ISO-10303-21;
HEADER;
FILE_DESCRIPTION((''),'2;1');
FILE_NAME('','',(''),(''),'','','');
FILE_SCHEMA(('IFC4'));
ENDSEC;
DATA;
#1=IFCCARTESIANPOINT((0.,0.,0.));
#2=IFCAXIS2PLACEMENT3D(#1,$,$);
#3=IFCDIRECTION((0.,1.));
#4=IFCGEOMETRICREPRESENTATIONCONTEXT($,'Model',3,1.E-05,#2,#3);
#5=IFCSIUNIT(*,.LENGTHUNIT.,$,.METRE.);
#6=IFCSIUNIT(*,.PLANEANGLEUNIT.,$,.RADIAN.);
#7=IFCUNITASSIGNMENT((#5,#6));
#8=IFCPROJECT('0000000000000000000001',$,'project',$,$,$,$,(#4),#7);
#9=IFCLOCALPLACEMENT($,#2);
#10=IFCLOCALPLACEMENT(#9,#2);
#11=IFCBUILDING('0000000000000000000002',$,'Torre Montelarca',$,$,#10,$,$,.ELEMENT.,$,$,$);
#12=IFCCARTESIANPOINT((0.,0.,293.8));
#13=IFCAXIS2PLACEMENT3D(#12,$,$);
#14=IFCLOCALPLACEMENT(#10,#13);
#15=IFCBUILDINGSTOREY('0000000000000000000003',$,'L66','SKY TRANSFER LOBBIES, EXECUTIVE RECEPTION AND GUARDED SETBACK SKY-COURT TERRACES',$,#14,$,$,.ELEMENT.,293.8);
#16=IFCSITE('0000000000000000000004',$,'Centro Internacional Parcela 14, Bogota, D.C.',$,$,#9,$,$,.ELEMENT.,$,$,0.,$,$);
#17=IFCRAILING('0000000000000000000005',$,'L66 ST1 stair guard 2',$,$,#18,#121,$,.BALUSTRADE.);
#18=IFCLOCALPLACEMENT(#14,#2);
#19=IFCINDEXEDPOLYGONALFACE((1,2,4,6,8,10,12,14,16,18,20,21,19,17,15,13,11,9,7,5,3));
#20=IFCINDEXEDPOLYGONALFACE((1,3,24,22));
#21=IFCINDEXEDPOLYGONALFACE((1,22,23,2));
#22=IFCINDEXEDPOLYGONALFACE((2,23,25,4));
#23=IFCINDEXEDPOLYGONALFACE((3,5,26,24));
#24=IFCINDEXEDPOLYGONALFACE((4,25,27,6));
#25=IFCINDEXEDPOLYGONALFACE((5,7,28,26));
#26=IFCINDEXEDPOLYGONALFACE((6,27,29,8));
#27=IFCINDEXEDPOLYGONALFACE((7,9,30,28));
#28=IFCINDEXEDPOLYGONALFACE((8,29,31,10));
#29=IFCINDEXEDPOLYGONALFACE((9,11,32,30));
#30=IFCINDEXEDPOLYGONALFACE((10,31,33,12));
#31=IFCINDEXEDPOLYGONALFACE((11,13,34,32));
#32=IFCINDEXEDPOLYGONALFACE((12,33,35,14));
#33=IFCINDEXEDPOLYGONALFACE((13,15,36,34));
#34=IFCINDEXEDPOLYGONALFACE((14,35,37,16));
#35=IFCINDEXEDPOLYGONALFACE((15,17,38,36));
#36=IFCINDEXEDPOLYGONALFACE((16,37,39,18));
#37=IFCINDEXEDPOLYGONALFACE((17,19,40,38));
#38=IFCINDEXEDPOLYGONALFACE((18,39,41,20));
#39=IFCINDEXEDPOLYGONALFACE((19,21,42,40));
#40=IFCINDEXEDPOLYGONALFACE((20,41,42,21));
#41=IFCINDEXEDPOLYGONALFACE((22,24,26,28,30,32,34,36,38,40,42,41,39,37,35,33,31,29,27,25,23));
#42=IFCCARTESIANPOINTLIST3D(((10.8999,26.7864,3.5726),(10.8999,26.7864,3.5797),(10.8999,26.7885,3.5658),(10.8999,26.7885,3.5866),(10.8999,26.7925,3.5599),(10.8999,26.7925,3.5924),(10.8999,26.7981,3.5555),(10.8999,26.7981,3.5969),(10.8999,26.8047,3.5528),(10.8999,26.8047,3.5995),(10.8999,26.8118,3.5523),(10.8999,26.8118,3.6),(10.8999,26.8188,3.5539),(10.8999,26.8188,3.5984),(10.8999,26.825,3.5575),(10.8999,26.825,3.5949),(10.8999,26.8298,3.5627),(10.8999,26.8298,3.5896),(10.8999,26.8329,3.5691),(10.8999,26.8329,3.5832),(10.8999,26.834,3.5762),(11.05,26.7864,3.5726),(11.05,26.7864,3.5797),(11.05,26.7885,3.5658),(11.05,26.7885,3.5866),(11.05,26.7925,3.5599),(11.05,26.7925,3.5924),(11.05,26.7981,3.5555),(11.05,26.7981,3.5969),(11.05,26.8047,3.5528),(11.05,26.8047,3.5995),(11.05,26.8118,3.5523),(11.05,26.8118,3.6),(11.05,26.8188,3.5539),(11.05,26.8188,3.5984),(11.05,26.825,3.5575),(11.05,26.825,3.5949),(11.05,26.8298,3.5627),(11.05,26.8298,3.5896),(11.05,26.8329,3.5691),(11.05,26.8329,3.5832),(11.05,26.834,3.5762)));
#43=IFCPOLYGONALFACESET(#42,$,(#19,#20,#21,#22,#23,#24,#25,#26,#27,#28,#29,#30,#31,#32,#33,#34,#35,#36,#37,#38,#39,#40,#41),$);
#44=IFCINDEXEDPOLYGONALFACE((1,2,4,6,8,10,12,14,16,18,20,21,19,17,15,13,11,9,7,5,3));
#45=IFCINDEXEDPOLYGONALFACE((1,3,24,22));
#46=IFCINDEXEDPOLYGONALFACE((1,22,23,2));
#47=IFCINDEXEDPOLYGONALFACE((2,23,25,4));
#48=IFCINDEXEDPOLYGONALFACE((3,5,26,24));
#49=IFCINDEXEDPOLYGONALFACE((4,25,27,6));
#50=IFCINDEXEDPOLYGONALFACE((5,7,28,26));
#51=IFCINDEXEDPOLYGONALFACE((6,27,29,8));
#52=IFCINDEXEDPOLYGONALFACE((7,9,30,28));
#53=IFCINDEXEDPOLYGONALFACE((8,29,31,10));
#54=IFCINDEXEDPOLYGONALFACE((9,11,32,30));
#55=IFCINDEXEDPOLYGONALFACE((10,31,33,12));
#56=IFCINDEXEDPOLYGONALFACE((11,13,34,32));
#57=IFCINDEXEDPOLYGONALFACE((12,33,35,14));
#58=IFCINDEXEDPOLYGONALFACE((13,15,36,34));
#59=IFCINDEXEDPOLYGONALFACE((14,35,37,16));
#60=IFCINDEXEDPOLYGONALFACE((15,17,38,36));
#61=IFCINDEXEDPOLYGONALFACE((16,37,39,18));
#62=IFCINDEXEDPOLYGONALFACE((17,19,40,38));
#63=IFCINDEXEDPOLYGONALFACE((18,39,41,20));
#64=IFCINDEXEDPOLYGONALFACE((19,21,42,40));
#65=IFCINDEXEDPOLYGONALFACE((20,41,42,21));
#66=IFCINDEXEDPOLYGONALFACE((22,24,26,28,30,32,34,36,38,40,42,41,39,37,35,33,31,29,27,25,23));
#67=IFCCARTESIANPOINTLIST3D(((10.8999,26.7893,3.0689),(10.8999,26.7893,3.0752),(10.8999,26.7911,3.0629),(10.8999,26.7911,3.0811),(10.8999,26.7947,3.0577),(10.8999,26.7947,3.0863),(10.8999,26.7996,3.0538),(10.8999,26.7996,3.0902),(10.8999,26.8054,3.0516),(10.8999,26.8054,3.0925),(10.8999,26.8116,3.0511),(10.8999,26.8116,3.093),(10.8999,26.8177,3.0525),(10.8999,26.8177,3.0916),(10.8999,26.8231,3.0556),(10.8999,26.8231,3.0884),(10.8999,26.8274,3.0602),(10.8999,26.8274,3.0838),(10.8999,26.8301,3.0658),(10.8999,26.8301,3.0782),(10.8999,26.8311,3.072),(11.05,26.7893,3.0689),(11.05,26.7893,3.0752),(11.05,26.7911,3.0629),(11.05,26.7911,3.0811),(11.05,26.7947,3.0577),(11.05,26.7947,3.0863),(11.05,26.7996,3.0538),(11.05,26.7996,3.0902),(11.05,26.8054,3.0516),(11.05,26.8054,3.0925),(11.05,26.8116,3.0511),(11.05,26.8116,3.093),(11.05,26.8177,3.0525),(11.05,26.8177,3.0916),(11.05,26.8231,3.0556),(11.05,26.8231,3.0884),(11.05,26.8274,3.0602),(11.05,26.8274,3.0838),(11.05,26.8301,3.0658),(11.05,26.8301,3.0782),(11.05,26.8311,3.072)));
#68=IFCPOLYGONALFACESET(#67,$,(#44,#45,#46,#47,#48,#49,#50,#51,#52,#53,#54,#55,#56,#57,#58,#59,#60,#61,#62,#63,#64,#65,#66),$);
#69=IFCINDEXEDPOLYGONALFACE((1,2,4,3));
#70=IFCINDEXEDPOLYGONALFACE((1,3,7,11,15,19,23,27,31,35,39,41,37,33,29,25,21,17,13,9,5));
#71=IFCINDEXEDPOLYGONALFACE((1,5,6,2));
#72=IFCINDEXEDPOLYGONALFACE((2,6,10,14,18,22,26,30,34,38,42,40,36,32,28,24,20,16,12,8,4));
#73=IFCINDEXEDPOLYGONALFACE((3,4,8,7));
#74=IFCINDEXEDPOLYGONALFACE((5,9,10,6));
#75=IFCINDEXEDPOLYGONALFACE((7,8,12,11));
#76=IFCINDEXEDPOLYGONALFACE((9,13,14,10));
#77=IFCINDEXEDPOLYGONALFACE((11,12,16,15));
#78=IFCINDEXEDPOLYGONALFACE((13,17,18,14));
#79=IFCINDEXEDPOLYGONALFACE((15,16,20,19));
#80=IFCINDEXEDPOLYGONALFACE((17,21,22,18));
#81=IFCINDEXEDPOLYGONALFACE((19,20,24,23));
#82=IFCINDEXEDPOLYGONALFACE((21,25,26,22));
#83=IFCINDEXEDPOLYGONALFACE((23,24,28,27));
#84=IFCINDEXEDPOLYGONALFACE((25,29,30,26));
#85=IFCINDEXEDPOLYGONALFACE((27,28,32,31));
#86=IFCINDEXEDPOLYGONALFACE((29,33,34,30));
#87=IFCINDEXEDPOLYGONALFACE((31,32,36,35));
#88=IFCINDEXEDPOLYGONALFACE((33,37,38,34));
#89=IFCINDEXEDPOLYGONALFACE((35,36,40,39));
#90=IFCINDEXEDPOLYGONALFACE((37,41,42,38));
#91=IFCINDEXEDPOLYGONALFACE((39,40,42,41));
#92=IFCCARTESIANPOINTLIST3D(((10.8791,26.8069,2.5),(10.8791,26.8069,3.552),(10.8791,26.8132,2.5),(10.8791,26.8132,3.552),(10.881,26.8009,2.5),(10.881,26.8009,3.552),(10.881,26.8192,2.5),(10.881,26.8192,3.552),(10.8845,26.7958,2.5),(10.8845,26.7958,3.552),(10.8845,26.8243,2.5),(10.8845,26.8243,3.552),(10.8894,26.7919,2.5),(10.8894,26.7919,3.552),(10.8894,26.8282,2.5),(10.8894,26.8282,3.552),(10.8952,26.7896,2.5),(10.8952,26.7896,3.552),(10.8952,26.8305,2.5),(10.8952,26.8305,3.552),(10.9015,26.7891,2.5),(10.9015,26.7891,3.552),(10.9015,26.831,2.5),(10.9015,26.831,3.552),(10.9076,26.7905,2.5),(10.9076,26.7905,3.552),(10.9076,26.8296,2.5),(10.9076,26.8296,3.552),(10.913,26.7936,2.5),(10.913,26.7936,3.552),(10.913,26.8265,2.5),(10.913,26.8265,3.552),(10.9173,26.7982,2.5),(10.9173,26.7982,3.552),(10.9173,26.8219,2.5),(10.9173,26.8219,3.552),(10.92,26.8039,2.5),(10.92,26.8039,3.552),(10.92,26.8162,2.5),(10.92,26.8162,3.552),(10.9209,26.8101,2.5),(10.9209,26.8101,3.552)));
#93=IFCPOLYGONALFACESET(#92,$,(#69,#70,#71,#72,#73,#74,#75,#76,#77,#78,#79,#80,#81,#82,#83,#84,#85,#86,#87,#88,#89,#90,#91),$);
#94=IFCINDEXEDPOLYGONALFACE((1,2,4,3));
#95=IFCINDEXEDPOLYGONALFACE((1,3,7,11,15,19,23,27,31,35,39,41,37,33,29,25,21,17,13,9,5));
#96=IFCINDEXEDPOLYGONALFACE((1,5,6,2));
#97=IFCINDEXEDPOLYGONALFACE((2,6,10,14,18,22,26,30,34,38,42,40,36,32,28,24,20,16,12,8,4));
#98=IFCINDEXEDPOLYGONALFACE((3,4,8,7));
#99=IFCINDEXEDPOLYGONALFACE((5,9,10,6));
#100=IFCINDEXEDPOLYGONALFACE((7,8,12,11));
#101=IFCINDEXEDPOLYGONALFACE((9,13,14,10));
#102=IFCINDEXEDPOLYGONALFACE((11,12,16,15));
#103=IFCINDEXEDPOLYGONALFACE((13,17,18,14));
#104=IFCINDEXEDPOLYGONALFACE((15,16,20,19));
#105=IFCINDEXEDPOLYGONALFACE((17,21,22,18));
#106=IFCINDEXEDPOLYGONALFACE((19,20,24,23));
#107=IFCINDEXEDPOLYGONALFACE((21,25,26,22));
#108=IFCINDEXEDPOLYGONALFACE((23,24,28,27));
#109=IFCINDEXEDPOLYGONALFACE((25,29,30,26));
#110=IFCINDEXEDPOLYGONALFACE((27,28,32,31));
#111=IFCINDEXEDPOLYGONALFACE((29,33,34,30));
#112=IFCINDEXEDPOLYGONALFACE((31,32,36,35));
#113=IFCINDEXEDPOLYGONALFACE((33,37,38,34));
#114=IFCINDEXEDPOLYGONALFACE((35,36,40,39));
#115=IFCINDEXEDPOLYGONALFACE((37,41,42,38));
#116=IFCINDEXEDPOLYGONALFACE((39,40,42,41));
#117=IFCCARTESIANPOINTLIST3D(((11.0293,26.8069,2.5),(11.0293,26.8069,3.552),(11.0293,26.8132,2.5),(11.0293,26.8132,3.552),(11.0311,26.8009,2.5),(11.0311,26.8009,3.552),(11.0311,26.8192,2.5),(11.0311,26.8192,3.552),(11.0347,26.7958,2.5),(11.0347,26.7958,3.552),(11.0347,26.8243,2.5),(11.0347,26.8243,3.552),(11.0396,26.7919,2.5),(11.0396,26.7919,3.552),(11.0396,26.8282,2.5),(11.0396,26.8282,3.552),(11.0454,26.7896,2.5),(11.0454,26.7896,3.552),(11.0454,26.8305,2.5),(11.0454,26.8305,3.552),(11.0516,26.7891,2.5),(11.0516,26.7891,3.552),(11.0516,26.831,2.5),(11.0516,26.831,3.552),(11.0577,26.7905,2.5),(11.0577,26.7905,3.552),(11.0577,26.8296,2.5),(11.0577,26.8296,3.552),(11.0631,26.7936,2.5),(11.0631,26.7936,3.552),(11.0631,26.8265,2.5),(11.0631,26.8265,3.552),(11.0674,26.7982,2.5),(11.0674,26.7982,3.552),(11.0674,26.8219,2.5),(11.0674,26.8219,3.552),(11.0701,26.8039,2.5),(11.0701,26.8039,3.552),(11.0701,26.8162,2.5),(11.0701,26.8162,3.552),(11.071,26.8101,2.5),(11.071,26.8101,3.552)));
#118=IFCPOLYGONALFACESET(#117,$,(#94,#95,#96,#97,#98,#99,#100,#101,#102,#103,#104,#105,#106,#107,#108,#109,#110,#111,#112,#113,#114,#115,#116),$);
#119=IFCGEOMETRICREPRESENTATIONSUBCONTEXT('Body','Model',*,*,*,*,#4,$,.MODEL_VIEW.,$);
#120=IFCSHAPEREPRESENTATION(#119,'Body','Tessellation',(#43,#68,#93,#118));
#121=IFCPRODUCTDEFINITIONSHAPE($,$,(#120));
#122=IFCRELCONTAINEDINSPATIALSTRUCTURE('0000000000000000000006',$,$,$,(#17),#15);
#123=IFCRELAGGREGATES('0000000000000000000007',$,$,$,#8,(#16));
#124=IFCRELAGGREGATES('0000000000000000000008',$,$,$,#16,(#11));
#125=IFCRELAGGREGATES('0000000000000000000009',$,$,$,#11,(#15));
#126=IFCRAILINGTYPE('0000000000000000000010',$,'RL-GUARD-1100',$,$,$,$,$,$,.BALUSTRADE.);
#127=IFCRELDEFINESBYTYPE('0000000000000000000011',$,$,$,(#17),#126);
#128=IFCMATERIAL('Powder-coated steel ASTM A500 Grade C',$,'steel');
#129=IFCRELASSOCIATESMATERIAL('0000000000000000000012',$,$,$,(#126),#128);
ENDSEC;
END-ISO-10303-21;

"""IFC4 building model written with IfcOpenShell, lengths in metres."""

from ifc_helpers import new_model, si_unit, direction, frame, origin, origin_2d, place, context, subcontext, project, spatial, circle, extrude, material, type_object, element, save


model = new_model("IFC4")

# Units and contexts
model_context = context("Model", 3, precision=1e-05, world=origin(), true_north=direction((0.0, 1.0)))
body_context = subcontext(model_context, "Body", "Model", "MODEL_VIEW")
ifc_project = project(units=[si_unit("LENGTHUNIT", "METRE"), si_unit("PLANEANGLEUNIT", "RADIAN")], contexts=[model_context])

# Site, building, storey
site_placement = place(None, origin())
site = spatial("IfcSite", under=ifc_project, at=site_placement, Name="Centro Internacional Parcela 14, Bogota, D.C.", CompositionType="ELEMENT", RefElevation=0.0)
building_placement = place(site_placement, origin())
building = spatial("IfcBuilding", under=site, at=building_placement, Name="Torre Montelarca", CompositionType="ELEMENT")
storey_placement = place(building_placement, frame((0.0, 0.0, 293.8)))
storey = spatial("IfcBuildingStorey", under=building, at=storey_placement, Name="L66", Description="SKY TRANSFER LOBBIES, EXECUTIVE RECEPTION AND GUARDED SETBACK SKY-COURT TERRACES", CompositionType="ELEMENT", Elevation=293.8)

# Railing
ifc_material_1 = material(Name="Powder-coated steel ASTM A500 Grade C", Category="steel")
railing_type_1 = type_object("IfcRailingType", Name="RL-GUARD-1100", PredefinedType="BALUSTRADE", material=ifc_material_1)
railing_1_placement = place(storey_placement, frame((10.8999, 26.8101, 2.5)))
element("IfcRailing", 1, at=railing_1_placement, inside=storey, type_object=railing_type_1, Name="L66 ST1 stair guard 2", PredefinedType="BALUSTRADE", context=body_context, shape_type="SweptSolid", body=[
    extrude(circle(Radius=0.0239, at=origin_2d()), frame((0.0, 0.0, 1.0762), z_axis=(1.0, 0.0, 0.0), x_axis=(0.0, 1.0, 0.0)), (0.0, 0.0, 1.0), 0.1501),
    extrude(circle(Radius=0.021, at=origin_2d()), frame((0.0, 0.0, 0.572), z_axis=(1.0, 0.0, 0.0), x_axis=(0.0, 1.0, 0.0)), (0.0, 0.0, 1.0), 0.1501),
    extrude(circle(Radius=0.021, at=origin_2d()), origin(), (0.0, 0.0, 1.0), 1.052),
    extrude(circle(Radius=0.021, at=origin_2d()), frame((0.1501, 0.0, 0.0)), (0.0, 0.0, 1.0), 1.052),
])

save(model, "model.ifc")
